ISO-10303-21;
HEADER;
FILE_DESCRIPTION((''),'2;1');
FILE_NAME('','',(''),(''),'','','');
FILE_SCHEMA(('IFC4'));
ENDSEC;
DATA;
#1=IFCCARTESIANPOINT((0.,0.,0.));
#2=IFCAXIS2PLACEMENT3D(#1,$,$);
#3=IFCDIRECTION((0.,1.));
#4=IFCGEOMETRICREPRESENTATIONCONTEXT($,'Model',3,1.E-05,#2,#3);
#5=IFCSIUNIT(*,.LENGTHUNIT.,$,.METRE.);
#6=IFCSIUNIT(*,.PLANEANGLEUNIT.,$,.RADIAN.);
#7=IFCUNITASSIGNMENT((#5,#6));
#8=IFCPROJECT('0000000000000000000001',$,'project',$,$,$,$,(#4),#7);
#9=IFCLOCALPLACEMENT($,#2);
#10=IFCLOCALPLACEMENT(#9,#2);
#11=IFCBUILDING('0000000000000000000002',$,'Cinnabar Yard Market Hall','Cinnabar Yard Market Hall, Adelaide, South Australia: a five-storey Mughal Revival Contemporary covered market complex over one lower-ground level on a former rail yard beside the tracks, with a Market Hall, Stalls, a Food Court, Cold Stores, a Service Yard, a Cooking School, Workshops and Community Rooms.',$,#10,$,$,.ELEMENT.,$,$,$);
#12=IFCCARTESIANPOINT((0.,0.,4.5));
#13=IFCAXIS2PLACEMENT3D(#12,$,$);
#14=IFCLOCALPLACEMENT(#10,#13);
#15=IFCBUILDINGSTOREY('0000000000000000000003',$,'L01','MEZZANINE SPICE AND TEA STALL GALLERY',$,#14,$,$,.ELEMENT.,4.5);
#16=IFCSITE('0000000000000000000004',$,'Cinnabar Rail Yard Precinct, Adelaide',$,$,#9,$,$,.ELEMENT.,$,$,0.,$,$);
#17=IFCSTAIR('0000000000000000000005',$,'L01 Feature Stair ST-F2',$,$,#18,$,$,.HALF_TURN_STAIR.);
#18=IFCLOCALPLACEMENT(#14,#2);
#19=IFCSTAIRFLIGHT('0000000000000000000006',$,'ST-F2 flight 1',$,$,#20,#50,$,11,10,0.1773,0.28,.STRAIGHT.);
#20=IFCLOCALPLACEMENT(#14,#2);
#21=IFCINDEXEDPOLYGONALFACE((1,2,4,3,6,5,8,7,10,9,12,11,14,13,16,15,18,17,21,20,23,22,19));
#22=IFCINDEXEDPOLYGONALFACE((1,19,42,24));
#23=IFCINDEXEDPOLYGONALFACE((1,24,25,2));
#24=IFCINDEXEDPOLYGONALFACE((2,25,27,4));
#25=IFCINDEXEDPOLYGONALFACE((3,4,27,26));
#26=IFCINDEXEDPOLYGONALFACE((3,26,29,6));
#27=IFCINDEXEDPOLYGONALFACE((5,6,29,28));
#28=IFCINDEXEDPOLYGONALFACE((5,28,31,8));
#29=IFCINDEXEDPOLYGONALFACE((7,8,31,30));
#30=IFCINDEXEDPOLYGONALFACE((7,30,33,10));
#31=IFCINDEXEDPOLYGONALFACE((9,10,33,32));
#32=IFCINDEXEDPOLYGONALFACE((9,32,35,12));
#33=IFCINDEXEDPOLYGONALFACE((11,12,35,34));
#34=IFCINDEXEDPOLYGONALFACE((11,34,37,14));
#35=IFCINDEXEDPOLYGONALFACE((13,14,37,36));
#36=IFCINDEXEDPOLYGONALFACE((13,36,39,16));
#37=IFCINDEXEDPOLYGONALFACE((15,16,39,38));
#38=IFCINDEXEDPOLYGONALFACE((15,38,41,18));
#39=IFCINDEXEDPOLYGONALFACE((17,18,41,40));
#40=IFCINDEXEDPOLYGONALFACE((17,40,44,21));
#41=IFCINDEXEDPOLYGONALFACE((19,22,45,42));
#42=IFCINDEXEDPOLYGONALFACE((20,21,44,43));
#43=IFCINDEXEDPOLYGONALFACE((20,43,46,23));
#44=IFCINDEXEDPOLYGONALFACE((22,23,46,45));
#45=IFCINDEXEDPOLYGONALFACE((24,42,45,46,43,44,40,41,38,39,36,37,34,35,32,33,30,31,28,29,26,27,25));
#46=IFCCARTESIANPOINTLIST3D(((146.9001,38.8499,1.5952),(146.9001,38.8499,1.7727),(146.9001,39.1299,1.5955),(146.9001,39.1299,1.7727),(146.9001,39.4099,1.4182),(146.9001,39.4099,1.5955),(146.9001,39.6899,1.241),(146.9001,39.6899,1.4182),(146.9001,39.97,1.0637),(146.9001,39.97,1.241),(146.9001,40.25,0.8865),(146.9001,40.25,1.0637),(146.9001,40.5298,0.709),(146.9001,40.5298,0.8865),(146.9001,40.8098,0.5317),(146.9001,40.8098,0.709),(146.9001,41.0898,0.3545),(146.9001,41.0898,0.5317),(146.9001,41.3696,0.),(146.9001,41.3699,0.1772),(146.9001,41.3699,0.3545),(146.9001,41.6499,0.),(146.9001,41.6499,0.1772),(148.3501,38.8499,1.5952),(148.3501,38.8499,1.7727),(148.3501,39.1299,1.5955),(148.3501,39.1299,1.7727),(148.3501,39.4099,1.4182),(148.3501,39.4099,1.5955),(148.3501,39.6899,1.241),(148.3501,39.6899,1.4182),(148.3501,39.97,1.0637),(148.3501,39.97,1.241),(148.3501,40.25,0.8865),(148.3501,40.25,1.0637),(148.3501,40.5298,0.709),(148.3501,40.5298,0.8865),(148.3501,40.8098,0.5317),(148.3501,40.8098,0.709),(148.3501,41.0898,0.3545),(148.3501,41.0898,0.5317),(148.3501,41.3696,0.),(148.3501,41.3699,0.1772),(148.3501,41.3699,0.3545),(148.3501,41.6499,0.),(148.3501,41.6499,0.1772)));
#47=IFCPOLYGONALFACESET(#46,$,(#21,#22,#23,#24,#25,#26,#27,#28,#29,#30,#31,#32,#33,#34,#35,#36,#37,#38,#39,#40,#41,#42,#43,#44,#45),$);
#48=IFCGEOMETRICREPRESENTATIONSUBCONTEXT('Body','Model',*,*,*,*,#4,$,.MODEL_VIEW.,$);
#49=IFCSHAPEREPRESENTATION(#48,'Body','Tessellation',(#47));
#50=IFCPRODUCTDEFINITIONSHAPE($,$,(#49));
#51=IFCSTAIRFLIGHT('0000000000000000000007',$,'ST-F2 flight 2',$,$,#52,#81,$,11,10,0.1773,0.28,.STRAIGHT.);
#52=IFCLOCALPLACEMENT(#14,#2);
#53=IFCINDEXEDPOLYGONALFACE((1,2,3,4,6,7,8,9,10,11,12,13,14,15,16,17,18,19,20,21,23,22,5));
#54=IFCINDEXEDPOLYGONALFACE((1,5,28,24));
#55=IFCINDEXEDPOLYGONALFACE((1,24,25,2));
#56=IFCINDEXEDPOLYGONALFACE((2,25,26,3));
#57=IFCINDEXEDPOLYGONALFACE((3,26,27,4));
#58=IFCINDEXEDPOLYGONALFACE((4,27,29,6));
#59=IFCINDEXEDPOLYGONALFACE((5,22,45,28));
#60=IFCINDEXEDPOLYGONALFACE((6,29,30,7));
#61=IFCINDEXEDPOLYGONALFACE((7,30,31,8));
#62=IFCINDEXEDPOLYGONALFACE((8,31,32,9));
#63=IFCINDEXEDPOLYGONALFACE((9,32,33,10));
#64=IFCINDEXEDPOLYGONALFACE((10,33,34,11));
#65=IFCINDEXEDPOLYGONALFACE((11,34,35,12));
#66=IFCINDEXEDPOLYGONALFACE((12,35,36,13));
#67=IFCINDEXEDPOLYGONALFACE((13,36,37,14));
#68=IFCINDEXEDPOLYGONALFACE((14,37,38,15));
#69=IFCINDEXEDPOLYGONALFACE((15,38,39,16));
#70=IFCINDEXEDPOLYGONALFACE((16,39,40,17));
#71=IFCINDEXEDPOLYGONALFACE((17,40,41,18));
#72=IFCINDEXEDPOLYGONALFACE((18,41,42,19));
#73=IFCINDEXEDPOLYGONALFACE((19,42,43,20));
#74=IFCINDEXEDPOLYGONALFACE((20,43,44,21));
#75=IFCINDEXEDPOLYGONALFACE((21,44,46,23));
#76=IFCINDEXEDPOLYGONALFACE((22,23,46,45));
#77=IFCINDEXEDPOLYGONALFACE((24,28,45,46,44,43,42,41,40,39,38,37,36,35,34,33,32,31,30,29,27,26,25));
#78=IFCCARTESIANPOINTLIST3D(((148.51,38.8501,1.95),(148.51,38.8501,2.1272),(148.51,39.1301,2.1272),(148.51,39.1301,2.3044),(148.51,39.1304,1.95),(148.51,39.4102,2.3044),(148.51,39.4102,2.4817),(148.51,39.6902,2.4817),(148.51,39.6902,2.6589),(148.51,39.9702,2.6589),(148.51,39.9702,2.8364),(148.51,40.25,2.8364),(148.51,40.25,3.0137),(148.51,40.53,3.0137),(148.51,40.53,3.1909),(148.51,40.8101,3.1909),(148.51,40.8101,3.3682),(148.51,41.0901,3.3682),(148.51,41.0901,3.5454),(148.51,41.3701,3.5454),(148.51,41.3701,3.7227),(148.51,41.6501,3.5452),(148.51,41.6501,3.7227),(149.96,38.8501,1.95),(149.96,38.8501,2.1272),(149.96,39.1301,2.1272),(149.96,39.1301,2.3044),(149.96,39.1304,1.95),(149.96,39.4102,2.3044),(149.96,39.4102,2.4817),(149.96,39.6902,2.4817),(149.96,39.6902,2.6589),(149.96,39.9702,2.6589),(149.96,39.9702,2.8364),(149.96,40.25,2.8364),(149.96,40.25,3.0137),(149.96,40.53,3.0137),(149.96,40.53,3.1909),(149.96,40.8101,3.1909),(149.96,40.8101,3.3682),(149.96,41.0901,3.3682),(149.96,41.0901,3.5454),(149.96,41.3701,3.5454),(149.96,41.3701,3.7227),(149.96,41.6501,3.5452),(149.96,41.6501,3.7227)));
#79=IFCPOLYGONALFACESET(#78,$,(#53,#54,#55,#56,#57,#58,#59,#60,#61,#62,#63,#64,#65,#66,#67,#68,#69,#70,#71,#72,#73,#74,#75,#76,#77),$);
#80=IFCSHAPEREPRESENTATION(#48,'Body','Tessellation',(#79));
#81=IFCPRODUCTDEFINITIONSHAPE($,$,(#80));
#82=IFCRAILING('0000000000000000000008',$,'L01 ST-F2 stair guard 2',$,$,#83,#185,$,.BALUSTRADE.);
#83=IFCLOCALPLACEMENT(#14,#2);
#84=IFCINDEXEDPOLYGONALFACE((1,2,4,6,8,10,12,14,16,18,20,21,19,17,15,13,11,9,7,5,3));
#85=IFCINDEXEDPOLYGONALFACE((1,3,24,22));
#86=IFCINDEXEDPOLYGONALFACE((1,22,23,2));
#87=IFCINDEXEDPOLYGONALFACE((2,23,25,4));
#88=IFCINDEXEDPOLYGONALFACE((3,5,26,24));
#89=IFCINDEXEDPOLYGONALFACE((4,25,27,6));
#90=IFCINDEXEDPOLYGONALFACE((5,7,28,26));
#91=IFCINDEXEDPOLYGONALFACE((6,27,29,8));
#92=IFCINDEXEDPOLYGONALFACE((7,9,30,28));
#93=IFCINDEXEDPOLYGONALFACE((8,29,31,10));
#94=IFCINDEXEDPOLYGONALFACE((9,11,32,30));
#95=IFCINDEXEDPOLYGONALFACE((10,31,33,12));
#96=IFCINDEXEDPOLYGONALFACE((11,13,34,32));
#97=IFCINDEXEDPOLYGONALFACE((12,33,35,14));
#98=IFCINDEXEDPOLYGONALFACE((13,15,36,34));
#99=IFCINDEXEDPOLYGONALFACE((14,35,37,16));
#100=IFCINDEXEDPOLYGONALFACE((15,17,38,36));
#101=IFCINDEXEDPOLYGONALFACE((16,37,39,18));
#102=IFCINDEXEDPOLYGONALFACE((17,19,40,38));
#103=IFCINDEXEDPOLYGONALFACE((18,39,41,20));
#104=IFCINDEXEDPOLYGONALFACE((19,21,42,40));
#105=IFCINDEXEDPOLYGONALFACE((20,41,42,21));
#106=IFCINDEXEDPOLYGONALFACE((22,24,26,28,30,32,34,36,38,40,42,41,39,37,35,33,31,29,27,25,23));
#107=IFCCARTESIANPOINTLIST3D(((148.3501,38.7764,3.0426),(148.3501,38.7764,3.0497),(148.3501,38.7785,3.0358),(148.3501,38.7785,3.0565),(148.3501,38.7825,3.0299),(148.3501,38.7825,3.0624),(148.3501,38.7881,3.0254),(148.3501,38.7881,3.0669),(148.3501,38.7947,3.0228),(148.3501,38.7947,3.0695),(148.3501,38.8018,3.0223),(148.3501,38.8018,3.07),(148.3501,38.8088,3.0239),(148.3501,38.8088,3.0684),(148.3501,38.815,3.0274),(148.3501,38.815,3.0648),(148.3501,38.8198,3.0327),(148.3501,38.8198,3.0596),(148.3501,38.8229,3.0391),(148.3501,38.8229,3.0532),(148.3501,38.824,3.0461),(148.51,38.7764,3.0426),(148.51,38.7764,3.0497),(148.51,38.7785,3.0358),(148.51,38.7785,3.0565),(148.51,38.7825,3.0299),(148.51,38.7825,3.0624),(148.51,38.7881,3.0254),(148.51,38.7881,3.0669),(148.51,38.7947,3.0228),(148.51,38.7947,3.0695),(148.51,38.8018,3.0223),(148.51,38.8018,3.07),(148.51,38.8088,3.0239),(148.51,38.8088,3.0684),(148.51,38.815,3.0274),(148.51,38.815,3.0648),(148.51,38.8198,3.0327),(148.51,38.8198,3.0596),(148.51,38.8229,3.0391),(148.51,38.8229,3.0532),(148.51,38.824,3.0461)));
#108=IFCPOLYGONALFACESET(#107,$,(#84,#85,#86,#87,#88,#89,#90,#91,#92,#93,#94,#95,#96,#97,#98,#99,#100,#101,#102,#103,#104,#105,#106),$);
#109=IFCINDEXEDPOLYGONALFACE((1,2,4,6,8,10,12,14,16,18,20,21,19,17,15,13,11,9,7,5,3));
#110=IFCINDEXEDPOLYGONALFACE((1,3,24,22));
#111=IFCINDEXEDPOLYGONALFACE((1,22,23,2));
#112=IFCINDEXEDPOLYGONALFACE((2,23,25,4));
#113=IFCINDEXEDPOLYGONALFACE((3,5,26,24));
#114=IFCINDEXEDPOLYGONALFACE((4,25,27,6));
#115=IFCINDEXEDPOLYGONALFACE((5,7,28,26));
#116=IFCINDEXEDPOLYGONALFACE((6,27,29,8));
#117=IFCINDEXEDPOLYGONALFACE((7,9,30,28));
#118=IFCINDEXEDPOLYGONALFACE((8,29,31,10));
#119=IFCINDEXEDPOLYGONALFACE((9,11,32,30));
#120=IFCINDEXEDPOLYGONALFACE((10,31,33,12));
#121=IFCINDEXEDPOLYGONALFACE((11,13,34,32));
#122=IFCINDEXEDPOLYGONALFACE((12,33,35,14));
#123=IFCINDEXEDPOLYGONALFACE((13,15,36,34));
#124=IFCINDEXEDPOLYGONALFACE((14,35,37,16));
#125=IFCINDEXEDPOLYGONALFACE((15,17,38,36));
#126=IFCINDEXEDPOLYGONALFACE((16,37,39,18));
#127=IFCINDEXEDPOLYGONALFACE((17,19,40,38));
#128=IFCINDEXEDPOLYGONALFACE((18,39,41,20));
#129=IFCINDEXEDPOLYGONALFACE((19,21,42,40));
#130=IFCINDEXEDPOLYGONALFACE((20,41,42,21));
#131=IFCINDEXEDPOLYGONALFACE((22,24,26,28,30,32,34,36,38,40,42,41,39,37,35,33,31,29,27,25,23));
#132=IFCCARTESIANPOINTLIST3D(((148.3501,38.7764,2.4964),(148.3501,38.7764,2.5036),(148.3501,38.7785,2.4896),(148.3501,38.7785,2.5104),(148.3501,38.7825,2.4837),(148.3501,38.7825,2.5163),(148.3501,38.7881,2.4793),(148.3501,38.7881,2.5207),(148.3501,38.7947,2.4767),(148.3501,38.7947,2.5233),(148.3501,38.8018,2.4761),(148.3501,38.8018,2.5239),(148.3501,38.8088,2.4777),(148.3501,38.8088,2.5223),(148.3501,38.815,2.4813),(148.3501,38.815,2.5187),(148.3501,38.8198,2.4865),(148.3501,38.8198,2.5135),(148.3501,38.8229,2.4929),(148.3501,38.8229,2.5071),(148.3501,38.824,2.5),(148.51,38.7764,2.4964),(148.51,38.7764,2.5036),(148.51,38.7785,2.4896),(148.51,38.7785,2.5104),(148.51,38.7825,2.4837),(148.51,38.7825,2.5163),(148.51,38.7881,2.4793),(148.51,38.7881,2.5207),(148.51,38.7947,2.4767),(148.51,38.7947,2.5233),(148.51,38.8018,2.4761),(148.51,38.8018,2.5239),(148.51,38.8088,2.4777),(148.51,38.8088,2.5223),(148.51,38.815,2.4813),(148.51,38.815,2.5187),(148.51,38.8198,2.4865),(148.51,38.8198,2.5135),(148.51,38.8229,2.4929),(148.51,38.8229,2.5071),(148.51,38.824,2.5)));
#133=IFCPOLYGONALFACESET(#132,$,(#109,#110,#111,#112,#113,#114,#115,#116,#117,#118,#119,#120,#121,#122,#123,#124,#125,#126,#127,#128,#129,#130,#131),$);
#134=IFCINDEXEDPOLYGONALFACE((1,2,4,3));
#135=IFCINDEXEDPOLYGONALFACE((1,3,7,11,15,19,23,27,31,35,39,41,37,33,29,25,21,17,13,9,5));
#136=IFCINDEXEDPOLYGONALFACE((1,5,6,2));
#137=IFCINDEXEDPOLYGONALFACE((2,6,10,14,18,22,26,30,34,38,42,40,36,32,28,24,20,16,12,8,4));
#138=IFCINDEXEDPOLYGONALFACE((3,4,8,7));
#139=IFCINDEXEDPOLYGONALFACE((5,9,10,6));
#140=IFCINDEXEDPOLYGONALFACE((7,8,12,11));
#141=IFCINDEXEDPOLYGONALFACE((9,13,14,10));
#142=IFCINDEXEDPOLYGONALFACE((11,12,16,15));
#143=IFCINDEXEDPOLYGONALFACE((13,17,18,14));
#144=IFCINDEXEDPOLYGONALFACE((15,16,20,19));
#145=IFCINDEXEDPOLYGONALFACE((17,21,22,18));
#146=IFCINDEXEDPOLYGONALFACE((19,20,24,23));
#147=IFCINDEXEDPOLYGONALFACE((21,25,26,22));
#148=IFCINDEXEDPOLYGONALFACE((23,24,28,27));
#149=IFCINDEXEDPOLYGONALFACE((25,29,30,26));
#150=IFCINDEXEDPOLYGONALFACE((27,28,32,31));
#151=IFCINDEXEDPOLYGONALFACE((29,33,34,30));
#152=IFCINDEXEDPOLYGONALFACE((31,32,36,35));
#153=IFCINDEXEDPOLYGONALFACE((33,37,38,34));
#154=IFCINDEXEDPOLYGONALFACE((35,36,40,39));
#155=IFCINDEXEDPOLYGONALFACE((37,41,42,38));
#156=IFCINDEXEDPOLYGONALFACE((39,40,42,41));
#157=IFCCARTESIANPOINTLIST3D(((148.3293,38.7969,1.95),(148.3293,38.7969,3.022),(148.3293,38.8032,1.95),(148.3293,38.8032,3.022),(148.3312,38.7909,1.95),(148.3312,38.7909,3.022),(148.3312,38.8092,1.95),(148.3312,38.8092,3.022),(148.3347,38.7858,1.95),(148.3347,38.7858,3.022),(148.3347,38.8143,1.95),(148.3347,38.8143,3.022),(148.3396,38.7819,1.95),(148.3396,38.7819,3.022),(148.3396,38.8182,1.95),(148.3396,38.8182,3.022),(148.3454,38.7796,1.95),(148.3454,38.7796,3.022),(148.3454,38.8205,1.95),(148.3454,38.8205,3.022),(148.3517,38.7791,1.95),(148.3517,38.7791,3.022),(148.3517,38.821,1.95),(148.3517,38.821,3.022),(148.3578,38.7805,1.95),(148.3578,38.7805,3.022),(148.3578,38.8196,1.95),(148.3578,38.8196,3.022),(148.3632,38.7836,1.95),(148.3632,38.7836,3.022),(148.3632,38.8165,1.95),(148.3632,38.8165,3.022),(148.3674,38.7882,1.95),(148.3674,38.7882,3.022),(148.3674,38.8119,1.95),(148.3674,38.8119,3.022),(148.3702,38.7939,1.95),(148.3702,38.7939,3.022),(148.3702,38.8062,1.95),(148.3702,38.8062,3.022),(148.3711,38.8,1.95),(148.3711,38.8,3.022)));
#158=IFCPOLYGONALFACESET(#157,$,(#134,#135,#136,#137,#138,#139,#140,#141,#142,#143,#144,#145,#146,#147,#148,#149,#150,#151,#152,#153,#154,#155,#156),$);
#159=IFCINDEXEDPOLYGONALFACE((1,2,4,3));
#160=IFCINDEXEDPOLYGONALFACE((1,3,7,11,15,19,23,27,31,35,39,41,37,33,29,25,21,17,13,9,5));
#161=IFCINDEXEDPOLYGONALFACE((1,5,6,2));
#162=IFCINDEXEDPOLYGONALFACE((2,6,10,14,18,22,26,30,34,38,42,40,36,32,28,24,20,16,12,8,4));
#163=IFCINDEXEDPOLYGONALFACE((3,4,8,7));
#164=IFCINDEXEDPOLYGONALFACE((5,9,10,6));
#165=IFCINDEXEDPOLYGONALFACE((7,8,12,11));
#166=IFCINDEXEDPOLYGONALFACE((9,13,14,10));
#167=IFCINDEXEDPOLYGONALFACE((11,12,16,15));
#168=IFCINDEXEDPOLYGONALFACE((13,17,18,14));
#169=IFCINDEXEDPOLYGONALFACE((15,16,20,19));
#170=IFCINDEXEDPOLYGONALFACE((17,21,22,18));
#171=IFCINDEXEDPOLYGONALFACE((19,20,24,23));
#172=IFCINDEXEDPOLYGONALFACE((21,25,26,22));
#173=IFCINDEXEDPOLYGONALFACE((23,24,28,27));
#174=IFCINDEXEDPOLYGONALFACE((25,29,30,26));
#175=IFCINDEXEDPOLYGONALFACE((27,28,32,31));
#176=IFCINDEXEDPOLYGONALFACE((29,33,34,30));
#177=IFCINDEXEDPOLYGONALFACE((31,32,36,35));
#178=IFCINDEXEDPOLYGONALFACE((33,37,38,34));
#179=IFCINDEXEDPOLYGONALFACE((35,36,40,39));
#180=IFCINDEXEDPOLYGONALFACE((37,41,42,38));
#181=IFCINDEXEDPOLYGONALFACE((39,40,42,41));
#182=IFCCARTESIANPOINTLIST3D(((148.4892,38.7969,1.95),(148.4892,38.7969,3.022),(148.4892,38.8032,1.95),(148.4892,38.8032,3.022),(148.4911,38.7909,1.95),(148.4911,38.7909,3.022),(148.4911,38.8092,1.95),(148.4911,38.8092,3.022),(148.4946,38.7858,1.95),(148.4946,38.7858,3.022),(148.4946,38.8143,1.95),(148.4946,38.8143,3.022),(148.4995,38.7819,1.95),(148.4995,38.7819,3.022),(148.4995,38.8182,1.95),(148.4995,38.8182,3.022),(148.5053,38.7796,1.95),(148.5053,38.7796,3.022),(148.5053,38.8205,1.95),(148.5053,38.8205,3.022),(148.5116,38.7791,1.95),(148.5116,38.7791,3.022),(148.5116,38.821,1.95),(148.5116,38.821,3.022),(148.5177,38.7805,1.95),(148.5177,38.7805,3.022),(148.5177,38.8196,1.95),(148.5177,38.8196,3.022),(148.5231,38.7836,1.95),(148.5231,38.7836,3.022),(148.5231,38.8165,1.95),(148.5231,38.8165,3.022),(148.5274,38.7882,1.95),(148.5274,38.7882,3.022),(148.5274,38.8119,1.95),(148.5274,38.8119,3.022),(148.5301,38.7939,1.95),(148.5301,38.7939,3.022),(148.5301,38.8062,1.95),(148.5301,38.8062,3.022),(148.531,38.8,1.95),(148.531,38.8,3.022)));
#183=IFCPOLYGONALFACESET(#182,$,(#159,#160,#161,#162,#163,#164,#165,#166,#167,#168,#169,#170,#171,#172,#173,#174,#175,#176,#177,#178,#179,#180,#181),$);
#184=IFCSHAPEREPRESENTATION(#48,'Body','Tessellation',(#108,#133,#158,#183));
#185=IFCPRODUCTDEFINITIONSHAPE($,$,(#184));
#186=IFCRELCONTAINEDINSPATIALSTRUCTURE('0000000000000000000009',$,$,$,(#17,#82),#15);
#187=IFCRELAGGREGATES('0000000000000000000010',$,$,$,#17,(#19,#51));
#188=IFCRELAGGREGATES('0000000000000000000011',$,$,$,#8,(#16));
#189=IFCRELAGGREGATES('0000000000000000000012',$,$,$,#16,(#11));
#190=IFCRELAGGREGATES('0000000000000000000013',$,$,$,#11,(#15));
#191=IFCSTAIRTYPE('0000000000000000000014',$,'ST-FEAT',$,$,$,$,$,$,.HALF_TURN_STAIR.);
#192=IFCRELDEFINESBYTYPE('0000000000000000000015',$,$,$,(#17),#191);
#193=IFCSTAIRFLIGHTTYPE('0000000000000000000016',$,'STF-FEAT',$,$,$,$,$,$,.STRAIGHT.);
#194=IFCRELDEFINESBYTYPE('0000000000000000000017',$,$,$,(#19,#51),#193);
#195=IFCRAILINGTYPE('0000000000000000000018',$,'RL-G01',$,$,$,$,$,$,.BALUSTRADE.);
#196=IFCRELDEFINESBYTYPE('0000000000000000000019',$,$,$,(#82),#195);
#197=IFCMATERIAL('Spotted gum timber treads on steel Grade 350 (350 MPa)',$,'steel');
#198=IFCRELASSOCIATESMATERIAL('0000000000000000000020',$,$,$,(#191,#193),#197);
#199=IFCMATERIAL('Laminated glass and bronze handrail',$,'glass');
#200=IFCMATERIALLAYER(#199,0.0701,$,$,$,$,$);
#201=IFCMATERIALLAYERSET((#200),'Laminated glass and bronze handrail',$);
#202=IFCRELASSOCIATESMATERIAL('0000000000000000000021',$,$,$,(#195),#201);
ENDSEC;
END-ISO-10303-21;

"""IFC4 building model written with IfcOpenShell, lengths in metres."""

from ifc_helpers import new_model, si_unit, direction, frame, origin, origin_2d_with_axis, place, context, subcontext, project, spatial, polyline, circle, outline, extrude, material, layer, layer_set, type_object, element, aggregate, save


model = new_model("IFC4")

# Units and contexts
model_context = context("Model", 3, precision=1e-05, world=origin(), true_north=direction((0.0, 1.0)))
body_context = subcontext(model_context, "Body", "Model", "MODEL_VIEW")
ifc_project = project(units=[si_unit("LENGTHUNIT", "METRE"), si_unit("PLANEANGLEUNIT", "RADIAN")], contexts=[model_context])

# Site, building, storey
site_placement = place(None, origin())
site = spatial("IfcSite", under=ifc_project, at=site_placement, Name="Cinnabar Rail Yard Precinct, Adelaide", CompositionType="ELEMENT", RefElevation=0.0)
building_placement = place(site_placement, origin())
building = spatial("IfcBuilding", under=site, at=building_placement, Name="Cinnabar Yard Market Hall", Description="Cinnabar Yard Market Hall, Adelaide, South Australia: a five-storey Mughal Revival Contemporary covered market complex over one lower-ground level on a former rail yard beside the tracks, with a Market Hall, Stalls, a Food Court, Cold Stores, a Service Yard, a Cooking School, Workshops and Community Rooms.", CompositionType="ELEMENT")
storey_placement = place(building_placement, frame((0.0, 0.0, 4.5)))
storey = spatial("IfcBuildingStorey", under=building, at=storey_placement, Name="L01", Description="MEZZANINE SPICE AND TEA STALL GALLERY", CompositionType="ELEMENT", Elevation=4.5)

# Stair, stair flights
ifc_material_1 = material(Name="Spotted gum timber treads on steel Grade 350 (350 MPa)", Category="steel")
stair_type = type_object("IfcStairType", Name="ST-FEAT", PredefinedType="HALF_TURN_STAIR", material=ifc_material_1)
stair_placement = place(storey_placement, origin())
stair = element("IfcStair", 1, at=stair_placement, inside=storey, type_object=stair_type, Name="L01 Feature Stair ST-F2", PredefinedType="HALF_TURN_STAIR")
stair_flight_type = type_object("IfcStairFlightType", Name="STF-FEAT", PredefinedType="STRAIGHT", material=ifc_material_1)
stair_flight_1_placement = place(storey_placement, frame((147.625, 41.6499, 0.0), z_axis=(0.0, 0.0, 1.0), x_axis=(0.0, -1.0, 0.0)))
stair_flight_1 = element("IfcStairFlight", 2, at=stair_flight_1_placement, type_object=stair_flight_type, Name="ST-F2 flight 1", NumberOfRisers=11, NumberOfTreads=10, PredefinedType="STRAIGHT", RiserHeight=0.1773, TreadLength=0.28, context=body_context, shape_type="SweptSolid", body=[
    extrude(outline(polyline([(0.0, 0.0), (0.0, 0.1772), (0.28, 0.1772), (0.28, 0.3545), (0.5601, 0.3545), (0.5601, 0.5317), (0.8401, 0.5317), (0.8401, 0.709), (1.1201, 0.709), (1.1201, 0.8865), (1.3999, 0.8865), (1.3999, 1.0637), (1.6799, 1.0637), (1.6799, 1.241), (1.96, 1.241), (1.96, 1.4182), (2.24, 1.4182), (2.24, 1.5955), (2.52, 1.5955), (2.52, 1.7727), (2.8, 1.7727), (2.8, 1.95), (2.8, 1.5952), (0.2803, 0.0), (0.0, 0.0)])), frame((0.0, 0.7251, 0.0), z_axis=(0.0, -1.0, 0.0), x_axis=(1.0, 0.0, 0.0)), (0.0, 0.0, 1.0), 1.45),
])
stair_flight_2_placement = place(storey_placement, frame((149.2351, 38.8501, 1.95), z_axis=(0.0, 0.0, 1.0), x_axis=(0.0, 1.0, 0.0)))
stair_flight_2 = element("IfcStairFlight", 3, at=stair_flight_2_placement, type_object=stair_flight_type, Name="ST-F2 flight 2", NumberOfRisers=11, NumberOfTreads=10, PredefinedType="STRAIGHT", RiserHeight=0.1773, TreadLength=0.28, context=body_context, shape_type="SweptSolid", body=[
    extrude(outline(polyline([(0.0, 0.0), (0.0, 0.1772), (0.28, 0.1772), (0.28, 0.3545), (0.5601, 0.3545), (0.5601, 0.5317), (0.8401, 0.5317), (0.8401, 0.709), (1.1201, 0.709), (1.1201, 0.8865), (1.3999, 0.8865), (1.3999, 1.0637), (1.6799, 1.0637), (1.6799, 1.241), (1.96, 1.241), (1.96, 1.4182), (2.24, 1.4182), (2.24, 1.5955), (2.52, 1.5955), (2.52, 1.7727), (2.8, 1.7727), (2.8, 1.95), (2.8, 1.5952), (0.2803, 0.0), (0.0, 0.0)])), frame((0.0, 0.7251, 0.0), z_axis=(0.0, -1.0, 0.0), x_axis=(1.0, 0.0, 0.0)), (0.0, 0.0, 1.0), 1.45),
])
aggregate(stair, [stair_flight_1, stair_flight_2])

# Railing
ifc_material_2 = material(Name="Laminated glass and bronze handrail", Category="glass")
ifc_layer_1 = layer(ifc_material_2, 0.0701)
ifc_layer_set_1 = layer_set([ifc_layer_1], Name="Laminated glass and bronze handrail")
railing_type_1 = type_object("IfcRailingType", Name="RL-G01", PredefinedType="BALUSTRADE", material=ifc_layer_set_1)
railing_1_placement = place(storey_placement, frame((148.3501, 38.8, 1.95)))
element("IfcRailing", 4, at=railing_1_placement, inside=storey, type_object=railing_type_1, Name="L01 ST-F2 stair guard 2", PredefinedType="BALUSTRADE", context=body_context, shape_type="SweptSolid", body=[
    extrude(circle(Radius=0.0239, at=origin_2d_with_axis()), frame((0.0, 0.0, 1.0962), z_axis=(1.0, 0.0, 0.0), x_axis=(0.0, 1.0, 0.0)), (0.0, 0.0, 1.0), 0.1599),
    extrude(circle(Radius=0.0239, at=origin_2d_with_axis()), frame((0.0, 0.0, 0.55), z_axis=(1.0, 0.0, 0.0), x_axis=(0.0, 1.0, 0.0)), (0.0, 0.0, 1.0), 0.1599),
    extrude(circle(Radius=0.021, at=origin_2d_with_axis()), origin(), (0.0, 0.0, 1.0), 1.072),
    extrude(circle(Radius=0.021, at=origin_2d_with_axis()), frame((0.1599, 0.0, 0.0)), (0.0, 0.0, 1.0), 1.072),
])

save(model, "model.ifc")
